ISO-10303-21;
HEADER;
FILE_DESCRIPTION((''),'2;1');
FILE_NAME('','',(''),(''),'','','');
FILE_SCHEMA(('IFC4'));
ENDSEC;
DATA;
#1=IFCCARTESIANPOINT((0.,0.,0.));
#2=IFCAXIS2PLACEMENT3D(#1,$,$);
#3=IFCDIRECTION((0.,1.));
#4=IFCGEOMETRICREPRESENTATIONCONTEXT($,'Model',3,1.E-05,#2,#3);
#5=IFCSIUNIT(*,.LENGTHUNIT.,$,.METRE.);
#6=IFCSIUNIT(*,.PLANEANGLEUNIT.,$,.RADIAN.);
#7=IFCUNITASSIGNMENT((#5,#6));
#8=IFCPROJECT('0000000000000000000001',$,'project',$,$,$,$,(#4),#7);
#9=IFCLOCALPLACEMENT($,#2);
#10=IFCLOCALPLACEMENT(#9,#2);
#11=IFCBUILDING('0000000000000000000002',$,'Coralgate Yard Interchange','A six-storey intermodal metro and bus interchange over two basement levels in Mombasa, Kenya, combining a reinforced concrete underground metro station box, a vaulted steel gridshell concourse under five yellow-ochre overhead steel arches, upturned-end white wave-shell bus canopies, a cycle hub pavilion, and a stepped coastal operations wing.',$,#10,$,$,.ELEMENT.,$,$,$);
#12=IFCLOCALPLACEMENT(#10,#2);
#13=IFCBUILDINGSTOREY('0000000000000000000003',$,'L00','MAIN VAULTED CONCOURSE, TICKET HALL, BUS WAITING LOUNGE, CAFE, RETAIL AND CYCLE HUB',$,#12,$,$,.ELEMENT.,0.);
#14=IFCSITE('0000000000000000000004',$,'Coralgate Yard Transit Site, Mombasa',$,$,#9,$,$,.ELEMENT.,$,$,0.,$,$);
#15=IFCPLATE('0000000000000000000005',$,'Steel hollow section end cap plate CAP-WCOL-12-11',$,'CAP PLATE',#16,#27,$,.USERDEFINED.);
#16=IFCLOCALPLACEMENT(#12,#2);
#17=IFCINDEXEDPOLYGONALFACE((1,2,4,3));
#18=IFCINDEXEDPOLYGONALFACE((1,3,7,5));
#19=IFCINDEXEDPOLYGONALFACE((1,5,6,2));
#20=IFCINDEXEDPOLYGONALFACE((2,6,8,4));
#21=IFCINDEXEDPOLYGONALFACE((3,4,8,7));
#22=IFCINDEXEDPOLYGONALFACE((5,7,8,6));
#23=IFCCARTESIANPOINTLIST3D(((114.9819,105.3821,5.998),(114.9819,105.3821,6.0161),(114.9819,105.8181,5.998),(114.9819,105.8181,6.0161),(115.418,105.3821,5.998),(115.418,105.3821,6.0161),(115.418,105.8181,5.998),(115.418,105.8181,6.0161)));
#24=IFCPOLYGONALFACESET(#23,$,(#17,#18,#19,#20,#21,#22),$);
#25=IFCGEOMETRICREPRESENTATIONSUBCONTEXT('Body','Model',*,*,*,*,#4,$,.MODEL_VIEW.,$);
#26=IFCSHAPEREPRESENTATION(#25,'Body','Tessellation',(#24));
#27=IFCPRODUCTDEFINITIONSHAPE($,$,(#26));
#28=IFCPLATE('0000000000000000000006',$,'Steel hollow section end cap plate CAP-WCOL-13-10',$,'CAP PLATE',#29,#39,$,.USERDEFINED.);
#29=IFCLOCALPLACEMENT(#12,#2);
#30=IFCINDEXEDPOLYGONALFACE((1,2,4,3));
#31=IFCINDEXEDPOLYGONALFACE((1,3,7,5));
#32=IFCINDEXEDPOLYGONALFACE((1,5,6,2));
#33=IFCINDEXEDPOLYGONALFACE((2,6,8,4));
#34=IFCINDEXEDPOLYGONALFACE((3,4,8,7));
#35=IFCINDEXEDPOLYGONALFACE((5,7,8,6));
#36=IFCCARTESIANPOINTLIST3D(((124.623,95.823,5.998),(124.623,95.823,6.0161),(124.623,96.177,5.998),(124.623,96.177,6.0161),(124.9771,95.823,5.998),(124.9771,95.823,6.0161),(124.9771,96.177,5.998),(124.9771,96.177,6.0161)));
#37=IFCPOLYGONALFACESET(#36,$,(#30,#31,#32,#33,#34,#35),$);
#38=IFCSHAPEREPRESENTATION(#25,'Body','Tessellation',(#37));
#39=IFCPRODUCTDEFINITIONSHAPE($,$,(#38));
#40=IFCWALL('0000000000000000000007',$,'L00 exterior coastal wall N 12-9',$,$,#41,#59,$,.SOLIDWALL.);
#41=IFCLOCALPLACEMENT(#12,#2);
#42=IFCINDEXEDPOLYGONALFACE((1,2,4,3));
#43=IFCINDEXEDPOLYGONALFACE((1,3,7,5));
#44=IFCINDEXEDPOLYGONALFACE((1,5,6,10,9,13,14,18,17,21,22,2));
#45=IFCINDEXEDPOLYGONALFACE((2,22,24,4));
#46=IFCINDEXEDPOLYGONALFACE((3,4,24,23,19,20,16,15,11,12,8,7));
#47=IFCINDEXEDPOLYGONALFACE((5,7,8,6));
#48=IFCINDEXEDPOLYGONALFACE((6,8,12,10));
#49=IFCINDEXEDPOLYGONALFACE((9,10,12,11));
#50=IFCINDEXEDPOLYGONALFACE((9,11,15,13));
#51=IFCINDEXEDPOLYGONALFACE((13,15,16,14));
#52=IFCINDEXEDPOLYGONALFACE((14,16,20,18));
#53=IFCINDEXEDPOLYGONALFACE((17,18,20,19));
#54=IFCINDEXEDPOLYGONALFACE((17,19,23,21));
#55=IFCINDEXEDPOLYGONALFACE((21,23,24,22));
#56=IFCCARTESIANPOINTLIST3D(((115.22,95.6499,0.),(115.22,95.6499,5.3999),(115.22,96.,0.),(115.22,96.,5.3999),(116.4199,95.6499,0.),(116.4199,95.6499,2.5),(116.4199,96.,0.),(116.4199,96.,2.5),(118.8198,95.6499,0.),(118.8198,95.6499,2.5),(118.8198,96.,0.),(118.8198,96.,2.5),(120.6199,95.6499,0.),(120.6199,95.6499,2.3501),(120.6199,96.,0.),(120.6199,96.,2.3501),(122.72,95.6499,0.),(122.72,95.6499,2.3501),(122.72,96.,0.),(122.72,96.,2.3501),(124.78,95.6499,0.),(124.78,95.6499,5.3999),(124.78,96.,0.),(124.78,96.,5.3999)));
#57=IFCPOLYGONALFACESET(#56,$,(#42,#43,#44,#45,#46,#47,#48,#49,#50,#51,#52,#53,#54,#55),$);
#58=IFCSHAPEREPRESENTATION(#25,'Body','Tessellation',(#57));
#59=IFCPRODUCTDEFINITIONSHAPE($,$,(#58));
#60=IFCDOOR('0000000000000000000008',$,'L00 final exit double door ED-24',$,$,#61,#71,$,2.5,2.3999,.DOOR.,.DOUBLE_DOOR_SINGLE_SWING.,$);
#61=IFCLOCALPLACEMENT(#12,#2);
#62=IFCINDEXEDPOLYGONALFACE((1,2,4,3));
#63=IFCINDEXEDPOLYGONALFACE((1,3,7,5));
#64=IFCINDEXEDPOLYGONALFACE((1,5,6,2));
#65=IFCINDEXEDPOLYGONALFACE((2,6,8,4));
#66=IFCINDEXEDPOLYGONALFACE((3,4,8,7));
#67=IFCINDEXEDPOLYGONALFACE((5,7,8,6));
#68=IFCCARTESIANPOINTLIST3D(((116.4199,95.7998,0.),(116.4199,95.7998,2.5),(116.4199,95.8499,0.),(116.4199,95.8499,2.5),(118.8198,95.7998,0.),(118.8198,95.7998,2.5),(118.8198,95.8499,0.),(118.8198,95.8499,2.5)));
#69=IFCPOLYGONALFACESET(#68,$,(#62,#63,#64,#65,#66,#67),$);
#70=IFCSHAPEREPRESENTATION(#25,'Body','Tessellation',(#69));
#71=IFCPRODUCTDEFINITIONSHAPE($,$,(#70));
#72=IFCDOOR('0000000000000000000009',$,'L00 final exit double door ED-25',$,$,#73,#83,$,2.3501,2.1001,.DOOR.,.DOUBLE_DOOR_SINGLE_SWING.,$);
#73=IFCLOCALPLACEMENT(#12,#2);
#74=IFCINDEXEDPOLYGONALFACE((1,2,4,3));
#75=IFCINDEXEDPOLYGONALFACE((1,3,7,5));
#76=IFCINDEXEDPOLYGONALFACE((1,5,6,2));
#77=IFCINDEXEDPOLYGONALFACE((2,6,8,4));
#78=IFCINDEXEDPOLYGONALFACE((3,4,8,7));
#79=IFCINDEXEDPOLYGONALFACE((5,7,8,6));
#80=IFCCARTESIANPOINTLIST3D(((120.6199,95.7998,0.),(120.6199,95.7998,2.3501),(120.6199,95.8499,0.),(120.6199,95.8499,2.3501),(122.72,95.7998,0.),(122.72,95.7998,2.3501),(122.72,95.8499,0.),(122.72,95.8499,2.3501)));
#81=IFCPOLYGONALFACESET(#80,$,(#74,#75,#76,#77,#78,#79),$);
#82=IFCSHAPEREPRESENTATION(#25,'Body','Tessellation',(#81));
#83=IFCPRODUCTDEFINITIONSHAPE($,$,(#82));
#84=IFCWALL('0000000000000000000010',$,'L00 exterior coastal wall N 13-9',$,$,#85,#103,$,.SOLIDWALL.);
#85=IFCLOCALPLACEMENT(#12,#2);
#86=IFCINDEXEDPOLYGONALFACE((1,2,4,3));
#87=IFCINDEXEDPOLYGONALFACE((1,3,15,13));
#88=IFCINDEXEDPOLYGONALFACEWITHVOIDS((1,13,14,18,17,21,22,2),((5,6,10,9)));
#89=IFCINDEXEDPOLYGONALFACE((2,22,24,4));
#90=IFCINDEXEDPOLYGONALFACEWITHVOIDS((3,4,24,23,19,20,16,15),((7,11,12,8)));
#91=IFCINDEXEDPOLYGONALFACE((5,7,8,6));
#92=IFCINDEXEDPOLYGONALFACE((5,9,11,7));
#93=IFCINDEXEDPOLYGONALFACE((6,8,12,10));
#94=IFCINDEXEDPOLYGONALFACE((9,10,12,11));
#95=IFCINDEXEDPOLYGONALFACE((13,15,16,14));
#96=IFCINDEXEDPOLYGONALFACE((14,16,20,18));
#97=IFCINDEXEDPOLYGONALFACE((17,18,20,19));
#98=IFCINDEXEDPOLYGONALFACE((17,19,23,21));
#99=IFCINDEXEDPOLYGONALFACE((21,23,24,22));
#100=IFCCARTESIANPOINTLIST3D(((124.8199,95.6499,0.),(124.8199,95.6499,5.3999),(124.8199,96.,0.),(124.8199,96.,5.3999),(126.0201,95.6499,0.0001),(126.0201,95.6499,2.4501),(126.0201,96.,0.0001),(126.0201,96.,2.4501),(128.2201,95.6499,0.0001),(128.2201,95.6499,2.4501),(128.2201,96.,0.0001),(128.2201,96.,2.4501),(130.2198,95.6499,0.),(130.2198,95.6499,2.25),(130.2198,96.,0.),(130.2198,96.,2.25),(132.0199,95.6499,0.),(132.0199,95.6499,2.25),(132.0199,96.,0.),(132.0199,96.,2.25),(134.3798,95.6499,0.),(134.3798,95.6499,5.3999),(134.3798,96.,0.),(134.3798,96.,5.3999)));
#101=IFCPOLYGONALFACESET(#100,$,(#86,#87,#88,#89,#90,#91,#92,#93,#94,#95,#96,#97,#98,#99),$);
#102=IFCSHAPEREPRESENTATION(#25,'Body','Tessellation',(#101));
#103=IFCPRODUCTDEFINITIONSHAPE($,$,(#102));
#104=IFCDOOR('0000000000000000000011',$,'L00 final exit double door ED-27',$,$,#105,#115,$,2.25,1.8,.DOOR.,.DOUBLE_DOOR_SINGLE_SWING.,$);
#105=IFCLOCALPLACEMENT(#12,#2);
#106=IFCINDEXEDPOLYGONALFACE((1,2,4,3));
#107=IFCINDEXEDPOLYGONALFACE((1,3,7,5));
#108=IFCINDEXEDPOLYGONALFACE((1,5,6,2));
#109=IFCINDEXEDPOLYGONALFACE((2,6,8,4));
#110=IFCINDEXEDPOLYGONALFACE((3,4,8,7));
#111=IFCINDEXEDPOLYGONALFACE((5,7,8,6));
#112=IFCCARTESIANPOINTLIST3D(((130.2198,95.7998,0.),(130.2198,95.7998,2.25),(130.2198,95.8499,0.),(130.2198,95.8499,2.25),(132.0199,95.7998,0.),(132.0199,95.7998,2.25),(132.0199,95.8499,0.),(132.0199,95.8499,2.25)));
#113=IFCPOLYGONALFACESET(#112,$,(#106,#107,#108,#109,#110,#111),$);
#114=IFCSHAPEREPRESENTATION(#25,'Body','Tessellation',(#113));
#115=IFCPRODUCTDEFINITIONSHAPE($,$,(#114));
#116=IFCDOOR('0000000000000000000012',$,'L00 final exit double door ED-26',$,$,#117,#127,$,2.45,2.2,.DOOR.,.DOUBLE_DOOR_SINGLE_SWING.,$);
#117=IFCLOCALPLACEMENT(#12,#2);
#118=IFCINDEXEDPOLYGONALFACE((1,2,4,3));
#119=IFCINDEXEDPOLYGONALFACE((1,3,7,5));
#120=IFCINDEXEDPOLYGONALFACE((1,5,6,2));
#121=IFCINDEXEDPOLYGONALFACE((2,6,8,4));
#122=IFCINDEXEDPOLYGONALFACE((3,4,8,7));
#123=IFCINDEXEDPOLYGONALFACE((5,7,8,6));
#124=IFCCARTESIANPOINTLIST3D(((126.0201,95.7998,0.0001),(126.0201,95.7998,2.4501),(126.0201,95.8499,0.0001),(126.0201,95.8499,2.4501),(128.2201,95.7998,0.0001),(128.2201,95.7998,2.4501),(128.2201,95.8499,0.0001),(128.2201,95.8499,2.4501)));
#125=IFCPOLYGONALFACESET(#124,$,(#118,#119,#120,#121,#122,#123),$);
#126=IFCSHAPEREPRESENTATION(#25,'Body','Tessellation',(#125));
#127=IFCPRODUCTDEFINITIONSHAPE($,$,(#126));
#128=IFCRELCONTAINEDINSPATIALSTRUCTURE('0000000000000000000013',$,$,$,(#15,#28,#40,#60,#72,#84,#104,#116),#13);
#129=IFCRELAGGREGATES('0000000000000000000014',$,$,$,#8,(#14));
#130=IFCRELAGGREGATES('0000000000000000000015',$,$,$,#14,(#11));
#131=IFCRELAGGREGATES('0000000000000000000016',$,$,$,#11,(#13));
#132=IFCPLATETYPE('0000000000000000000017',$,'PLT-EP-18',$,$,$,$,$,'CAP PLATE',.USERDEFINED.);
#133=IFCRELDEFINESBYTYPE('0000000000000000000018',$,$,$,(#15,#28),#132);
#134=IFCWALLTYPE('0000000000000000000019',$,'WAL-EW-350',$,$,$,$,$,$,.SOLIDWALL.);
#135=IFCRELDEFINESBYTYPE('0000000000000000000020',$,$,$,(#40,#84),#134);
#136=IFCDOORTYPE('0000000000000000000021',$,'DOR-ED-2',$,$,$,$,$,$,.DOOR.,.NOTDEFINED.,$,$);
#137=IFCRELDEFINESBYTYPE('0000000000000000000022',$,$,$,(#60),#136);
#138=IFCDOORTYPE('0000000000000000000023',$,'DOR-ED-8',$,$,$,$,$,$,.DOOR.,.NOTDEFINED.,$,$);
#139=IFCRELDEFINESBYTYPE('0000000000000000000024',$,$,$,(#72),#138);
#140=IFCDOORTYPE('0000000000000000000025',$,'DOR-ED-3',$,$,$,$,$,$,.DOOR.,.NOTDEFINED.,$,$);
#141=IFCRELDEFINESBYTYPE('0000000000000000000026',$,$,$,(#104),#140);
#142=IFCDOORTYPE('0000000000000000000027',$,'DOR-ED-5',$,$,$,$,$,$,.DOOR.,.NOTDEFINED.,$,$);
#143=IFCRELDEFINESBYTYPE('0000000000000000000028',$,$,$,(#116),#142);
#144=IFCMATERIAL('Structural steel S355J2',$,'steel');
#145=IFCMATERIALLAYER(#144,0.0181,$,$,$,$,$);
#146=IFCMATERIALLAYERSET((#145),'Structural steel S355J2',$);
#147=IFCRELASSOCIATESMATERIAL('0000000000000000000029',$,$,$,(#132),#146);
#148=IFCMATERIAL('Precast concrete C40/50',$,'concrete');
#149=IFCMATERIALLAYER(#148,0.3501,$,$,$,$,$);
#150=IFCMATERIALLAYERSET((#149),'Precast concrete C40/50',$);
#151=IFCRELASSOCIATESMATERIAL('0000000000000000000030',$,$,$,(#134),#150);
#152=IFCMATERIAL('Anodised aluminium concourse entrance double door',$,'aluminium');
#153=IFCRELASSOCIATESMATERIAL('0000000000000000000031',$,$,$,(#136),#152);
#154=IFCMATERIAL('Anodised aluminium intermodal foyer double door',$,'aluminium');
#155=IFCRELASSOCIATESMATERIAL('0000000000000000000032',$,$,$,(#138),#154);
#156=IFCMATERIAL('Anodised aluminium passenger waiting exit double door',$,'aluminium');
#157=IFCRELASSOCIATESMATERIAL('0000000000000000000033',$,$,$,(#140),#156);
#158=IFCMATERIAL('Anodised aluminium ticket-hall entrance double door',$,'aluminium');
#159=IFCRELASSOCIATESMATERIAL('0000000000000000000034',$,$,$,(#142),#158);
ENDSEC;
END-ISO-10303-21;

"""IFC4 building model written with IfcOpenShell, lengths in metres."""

from ifc_helpers import new_model, si_unit, direction, frame, frame_2d, origin, origin_2d, place, context, subcontext, project, spatial, rectangle, extrude, material, layer, layer_set, type_object, element, fill, save


model = new_model("IFC4")

# Units and contexts
model_context = context("Model", 3, precision=1e-05, world=origin(), true_north=direction((0.0, 1.0)))
body_context = subcontext(model_context, "Body", "Model", "MODEL_VIEW")
ifc_project = project(units=[si_unit("LENGTHUNIT", "METRE"), si_unit("PLANEANGLEUNIT", "RADIAN")], contexts=[model_context])

# Site, building, storey
site_placement = place(None, origin())
site = spatial("IfcSite", under=ifc_project, at=site_placement, Name="Coralgate Yard Transit Site, Mombasa", CompositionType="ELEMENT", RefElevation=0.0)
building_placement = place(site_placement, origin())
building = spatial("IfcBuilding", under=site, at=building_placement, Name="Coralgate Yard Interchange", Description="A six-storey intermodal metro and bus interchange over two basement levels in Mombasa, Kenya, combining a reinforced concrete underground metro station box, a vaulted steel gridshell concourse under five yellow-ochre overhead steel arches, upturned-end white wave-shell bus canopies, a cycle hub pavilion, and a stepped coastal operations wing.", CompositionType="ELEMENT")
storey_placement = place(building_placement, origin())
storey = spatial("IfcBuildingStorey", under=building, at=storey_placement, Name="L00", Description="MAIN VAULTED CONCOURSE, TICKET HALL, BUS WAITING LOUNGE, CAFE, RETAIL AND CYCLE HUB", CompositionType="ELEMENT", Elevation=0.0)

# Shared definitions
ifc_material_1 = material(Name="Structural steel S355J2", Category="steel")

# Plates
ifc_layer_1 = layer(ifc_material_1, 0.0181)
ifc_layer_set_1 = layer_set([ifc_layer_1], Name="Structural steel S355J2")
plate_type = type_object("IfcPlateType", Name="PLT-EP-18", ElementType="CAP PLATE", PredefinedType="USERDEFINED", material=ifc_layer_set_1)
plate_1_placement = place(storey_placement, frame((115.2, 105.6001, 5.998), z_axis=(0.0, 0.0, 1.0), x_axis=(1.0, 0.0, 0.0)))
element("IfcPlate", 1, at=plate_1_placement, inside=storey, type_object=plate_type, Name="Steel hollow section end cap plate CAP-WCOL-12-11", ObjectType="CAP PLATE", PredefinedType="USERDEFINED", context=body_context, shape_type="SweptSolid", body=[
    extrude(rectangle(XDim=0.436, YDim=0.436, at=origin_2d()), origin(), (0.0, 0.0, 1.0), 0.0181),
])
plate_2_placement = place(storey_placement, frame((124.8, 96.0, 5.998), z_axis=(0.0, 0.0, 1.0), x_axis=(1.0, 0.0, 0.0)))
element("IfcPlate", 2, at=plate_2_placement, inside=storey, type_object=plate_type, Name="Steel hollow section end cap plate CAP-WCOL-13-10", ObjectType="CAP PLATE", PredefinedType="USERDEFINED", context=body_context, shape_type="SweptSolid", body=[
    extrude(rectangle(XDim=0.354, YDim=0.354, at=origin_2d()), origin(), (0.0, 0.0, 1.0), 0.0181),
])

# Walls, openings, doors
ifc_material_2 = material(Name="Precast concrete C40/50", Category="concrete")
ifc_layer_2 = layer(ifc_material_2, 0.3501)
ifc_layer_set_2 = layer_set([ifc_layer_2], Name="Precast concrete C40/50")
wall_type = type_object("IfcWallType", Name="WAL-EW-350", PredefinedType="SOLIDWALL", material=ifc_layer_set_2)
wall_1_placement = place(storey_placement, frame((115.22, 95.825, 0.0), z_axis=(0.0, 0.0, 1.0), x_axis=(1.0, 0.0, 0.0)))
wall_1 = element("IfcWall", 3, at=wall_1_placement, inside=storey, type_object=wall_type, Name="L00 exterior coastal wall N 12-9", PredefinedType="SOLIDWALL", context=body_context, shape_type="SweptSolid", body=[
    extrude(rectangle(XDim=9.5601, YDim=0.3501, at=frame_2d((4.78, 0.0))), origin(), (0.0, 0.0, 1.0), 5.3999),
])
opening_1_placement = place(wall_1_placement, frame((1.2, 0.0, 0.0)))
opening_1 = element("IfcOpeningElement", 4, at=opening_1_placement, cuts=wall_1, PredefinedType="OPENING", context=body_context, shape_type="SweptSolid", body=[
    extrude(rectangle(XDim=2.3999, YDim=2.5, at=frame_2d((1.2, 1.25))), frame((0.0, 0.1851, 0.0), z_axis=(0.0, -1.0, 0.0), x_axis=(1.0, 0.0, 0.0)), (0.0, 0.0, 1.0), 0.3701),
])
opening_2_placement = place(wall_1_placement, frame((5.3999, 0.0, 0.0)))
opening_2 = element("IfcOpeningElement", 5, at=opening_2_placement, cuts=wall_1, PredefinedType="OPENING", context=body_context, shape_type="SweptSolid", body=[
    extrude(rectangle(XDim=2.1001, YDim=2.3501, at=frame_2d((1.05, 1.175))), frame((0.0, 0.1851, 0.0), z_axis=(0.0, -1.0, 0.0), x_axis=(1.0, 0.0, 0.0)), (0.0, 0.0, 1.0), 0.3701),
])
ifc_material_3 = material(Name="Anodised aluminium concourse entrance double door", Category="aluminium")
door_type_1 = type_object("IfcDoorType", Name="DOR-ED-2", OperationType="NOTDEFINED", PredefinedType="DOOR", material=ifc_material_3)
door_1_placement = place(opening_1_placement, origin())
door_1 = element("IfcDoor", 6, at=door_1_placement, inside=storey, type_object=door_type_1, Name="L00 final exit double door ED-24", OperationType="DOUBLE_DOOR_SINGLE_SWING", OverallHeight=2.5, OverallWidth=2.3999, PredefinedType="DOOR", context=body_context, shape_type="SweptSolid", body=[
    extrude(rectangle(XDim=2.3999, YDim=2.5, at=frame_2d((1.2, 1.25))), frame((0.0, 0.0249, 0.0), z_axis=(0.0, -1.0, 0.0), x_axis=(1.0, 0.0, 0.0)), (0.0, 0.0, 1.0), 0.05),
])
fill(opening_1, door_1)
ifc_material_4 = material(Name="Anodised aluminium intermodal foyer double door", Category="aluminium")
door_type_2 = type_object("IfcDoorType", Name="DOR-ED-8", OperationType="NOTDEFINED", PredefinedType="DOOR", material=ifc_material_4)
door_2_placement = place(opening_2_placement, origin())
door_2 = element("IfcDoor", 7, at=door_2_placement, inside=storey, type_object=door_type_2, Name="L00 final exit double door ED-25", OperationType="DOUBLE_DOOR_SINGLE_SWING", OverallHeight=2.3501, OverallWidth=2.1001, PredefinedType="DOOR", context=body_context, shape_type="SweptSolid", body=[
    extrude(rectangle(XDim=2.1001, YDim=2.3501, at=frame_2d((1.05, 1.175))), frame((0.0, 0.0249, 0.0), z_axis=(0.0, -1.0, 0.0), x_axis=(1.0, 0.0, 0.0)), (0.0, 0.0, 1.0), 0.05),
])
fill(opening_2, door_2)
wall_2_placement = place(storey_placement, frame((124.8201, 95.825, 0.0), z_axis=(0.0, 0.0, 1.0), x_axis=(1.0, 0.0, 0.0)))
wall_2 = element("IfcWall", 8, at=wall_2_placement, inside=storey, type_object=wall_type, Name="L00 exterior coastal wall N 13-9", PredefinedType="SOLIDWALL", context=body_context, shape_type="SweptSolid", body=[
    extrude(rectangle(XDim=9.5598, YDim=0.3501, at=frame_2d((4.7798, 0.0))), origin(), (0.0, 0.0, 1.0), 5.3999),
])
opening_3_placement = place(wall_2_placement, frame((1.2, 0.0, 0.0)))
opening_3 = element("IfcOpeningElement", 9, at=opening_3_placement, cuts=wall_2, PredefinedType="OPENING", context=body_context, shape_type="SweptSolid", body=[
    extrude(rectangle(XDim=2.2, YDim=2.45, at=frame_2d((1.1001, 1.2251))), frame((0.0, 0.1851, 0.0), z_axis=(0.0, -1.0, 0.0), x_axis=(1.0, 0.0, 0.0)), (0.0, 0.0, 1.0), 0.3701),
])
opening_4_placement = place(wall_2_placement, frame((5.3999, 0.0, 0.0)))
opening_4 = element("IfcOpeningElement", 10, at=opening_4_placement, cuts=wall_2, PredefinedType="OPENING", context=body_context, shape_type="SweptSolid", body=[
    extrude(rectangle(XDim=1.8, YDim=2.25, at=frame_2d((0.8999, 1.125))), frame((0.0, 0.1851, 0.0), z_axis=(0.0, -1.0, 0.0), x_axis=(1.0, 0.0, 0.0)), (0.0, 0.0, 1.0), 0.3701),
])
ifc_material_5 = material(Name="Anodised aluminium passenger waiting exit double door", Category="aluminium")
door_type_3 = type_object("IfcDoorType", Name="DOR-ED-3", OperationType="NOTDEFINED", PredefinedType="DOOR", material=ifc_material_5)
door_3_placement = place(opening_4_placement, origin())
door_3 = element("IfcDoor", 11, at=door_3_placement, inside=storey, type_object=door_type_3, Name="L00 final exit double door ED-27", OperationType="DOUBLE_DOOR_SINGLE_SWING", OverallHeight=2.25, OverallWidth=1.8, PredefinedType="DOOR", context=body_context, shape_type="SweptSolid", body=[
    extrude(rectangle(XDim=1.8, YDim=2.25, at=frame_2d((0.8999, 1.125))), frame((0.0, 0.0249, 0.0), z_axis=(0.0, -1.0, 0.0), x_axis=(1.0, 0.0, 0.0)), (0.0, 0.0, 1.0), 0.05),
])
fill(opening_4, door_3)
ifc_material_6 = material(Name="Anodised aluminium ticket-hall entrance double door", Category="aluminium")
door_type_4 = type_object("IfcDoorType", Name="DOR-ED-5", OperationType="NOTDEFINED", PredefinedType="DOOR", material=ifc_material_6)
door_4_placement = place(opening_3_placement, origin())
door_4 = element("IfcDoor", 12, at=door_4_placement, inside=storey, type_object=door_type_4, Name="L00 final exit double door ED-26", OperationType="DOUBLE_DOOR_SINGLE_SWING", OverallHeight=2.45, OverallWidth=2.2, PredefinedType="DOOR", context=body_context, shape_type="SweptSolid", body=[
    extrude(rectangle(XDim=2.2, YDim=2.45, at=frame_2d((1.1001, 1.2251))), frame((0.0, 0.0249, 0.0), z_axis=(0.0, -1.0, 0.0), x_axis=(1.0, 0.0, 0.0)), (0.0, 0.0, 1.0), 0.05),
])
fill(opening_3, door_4)

save(model, "model.ifc")
